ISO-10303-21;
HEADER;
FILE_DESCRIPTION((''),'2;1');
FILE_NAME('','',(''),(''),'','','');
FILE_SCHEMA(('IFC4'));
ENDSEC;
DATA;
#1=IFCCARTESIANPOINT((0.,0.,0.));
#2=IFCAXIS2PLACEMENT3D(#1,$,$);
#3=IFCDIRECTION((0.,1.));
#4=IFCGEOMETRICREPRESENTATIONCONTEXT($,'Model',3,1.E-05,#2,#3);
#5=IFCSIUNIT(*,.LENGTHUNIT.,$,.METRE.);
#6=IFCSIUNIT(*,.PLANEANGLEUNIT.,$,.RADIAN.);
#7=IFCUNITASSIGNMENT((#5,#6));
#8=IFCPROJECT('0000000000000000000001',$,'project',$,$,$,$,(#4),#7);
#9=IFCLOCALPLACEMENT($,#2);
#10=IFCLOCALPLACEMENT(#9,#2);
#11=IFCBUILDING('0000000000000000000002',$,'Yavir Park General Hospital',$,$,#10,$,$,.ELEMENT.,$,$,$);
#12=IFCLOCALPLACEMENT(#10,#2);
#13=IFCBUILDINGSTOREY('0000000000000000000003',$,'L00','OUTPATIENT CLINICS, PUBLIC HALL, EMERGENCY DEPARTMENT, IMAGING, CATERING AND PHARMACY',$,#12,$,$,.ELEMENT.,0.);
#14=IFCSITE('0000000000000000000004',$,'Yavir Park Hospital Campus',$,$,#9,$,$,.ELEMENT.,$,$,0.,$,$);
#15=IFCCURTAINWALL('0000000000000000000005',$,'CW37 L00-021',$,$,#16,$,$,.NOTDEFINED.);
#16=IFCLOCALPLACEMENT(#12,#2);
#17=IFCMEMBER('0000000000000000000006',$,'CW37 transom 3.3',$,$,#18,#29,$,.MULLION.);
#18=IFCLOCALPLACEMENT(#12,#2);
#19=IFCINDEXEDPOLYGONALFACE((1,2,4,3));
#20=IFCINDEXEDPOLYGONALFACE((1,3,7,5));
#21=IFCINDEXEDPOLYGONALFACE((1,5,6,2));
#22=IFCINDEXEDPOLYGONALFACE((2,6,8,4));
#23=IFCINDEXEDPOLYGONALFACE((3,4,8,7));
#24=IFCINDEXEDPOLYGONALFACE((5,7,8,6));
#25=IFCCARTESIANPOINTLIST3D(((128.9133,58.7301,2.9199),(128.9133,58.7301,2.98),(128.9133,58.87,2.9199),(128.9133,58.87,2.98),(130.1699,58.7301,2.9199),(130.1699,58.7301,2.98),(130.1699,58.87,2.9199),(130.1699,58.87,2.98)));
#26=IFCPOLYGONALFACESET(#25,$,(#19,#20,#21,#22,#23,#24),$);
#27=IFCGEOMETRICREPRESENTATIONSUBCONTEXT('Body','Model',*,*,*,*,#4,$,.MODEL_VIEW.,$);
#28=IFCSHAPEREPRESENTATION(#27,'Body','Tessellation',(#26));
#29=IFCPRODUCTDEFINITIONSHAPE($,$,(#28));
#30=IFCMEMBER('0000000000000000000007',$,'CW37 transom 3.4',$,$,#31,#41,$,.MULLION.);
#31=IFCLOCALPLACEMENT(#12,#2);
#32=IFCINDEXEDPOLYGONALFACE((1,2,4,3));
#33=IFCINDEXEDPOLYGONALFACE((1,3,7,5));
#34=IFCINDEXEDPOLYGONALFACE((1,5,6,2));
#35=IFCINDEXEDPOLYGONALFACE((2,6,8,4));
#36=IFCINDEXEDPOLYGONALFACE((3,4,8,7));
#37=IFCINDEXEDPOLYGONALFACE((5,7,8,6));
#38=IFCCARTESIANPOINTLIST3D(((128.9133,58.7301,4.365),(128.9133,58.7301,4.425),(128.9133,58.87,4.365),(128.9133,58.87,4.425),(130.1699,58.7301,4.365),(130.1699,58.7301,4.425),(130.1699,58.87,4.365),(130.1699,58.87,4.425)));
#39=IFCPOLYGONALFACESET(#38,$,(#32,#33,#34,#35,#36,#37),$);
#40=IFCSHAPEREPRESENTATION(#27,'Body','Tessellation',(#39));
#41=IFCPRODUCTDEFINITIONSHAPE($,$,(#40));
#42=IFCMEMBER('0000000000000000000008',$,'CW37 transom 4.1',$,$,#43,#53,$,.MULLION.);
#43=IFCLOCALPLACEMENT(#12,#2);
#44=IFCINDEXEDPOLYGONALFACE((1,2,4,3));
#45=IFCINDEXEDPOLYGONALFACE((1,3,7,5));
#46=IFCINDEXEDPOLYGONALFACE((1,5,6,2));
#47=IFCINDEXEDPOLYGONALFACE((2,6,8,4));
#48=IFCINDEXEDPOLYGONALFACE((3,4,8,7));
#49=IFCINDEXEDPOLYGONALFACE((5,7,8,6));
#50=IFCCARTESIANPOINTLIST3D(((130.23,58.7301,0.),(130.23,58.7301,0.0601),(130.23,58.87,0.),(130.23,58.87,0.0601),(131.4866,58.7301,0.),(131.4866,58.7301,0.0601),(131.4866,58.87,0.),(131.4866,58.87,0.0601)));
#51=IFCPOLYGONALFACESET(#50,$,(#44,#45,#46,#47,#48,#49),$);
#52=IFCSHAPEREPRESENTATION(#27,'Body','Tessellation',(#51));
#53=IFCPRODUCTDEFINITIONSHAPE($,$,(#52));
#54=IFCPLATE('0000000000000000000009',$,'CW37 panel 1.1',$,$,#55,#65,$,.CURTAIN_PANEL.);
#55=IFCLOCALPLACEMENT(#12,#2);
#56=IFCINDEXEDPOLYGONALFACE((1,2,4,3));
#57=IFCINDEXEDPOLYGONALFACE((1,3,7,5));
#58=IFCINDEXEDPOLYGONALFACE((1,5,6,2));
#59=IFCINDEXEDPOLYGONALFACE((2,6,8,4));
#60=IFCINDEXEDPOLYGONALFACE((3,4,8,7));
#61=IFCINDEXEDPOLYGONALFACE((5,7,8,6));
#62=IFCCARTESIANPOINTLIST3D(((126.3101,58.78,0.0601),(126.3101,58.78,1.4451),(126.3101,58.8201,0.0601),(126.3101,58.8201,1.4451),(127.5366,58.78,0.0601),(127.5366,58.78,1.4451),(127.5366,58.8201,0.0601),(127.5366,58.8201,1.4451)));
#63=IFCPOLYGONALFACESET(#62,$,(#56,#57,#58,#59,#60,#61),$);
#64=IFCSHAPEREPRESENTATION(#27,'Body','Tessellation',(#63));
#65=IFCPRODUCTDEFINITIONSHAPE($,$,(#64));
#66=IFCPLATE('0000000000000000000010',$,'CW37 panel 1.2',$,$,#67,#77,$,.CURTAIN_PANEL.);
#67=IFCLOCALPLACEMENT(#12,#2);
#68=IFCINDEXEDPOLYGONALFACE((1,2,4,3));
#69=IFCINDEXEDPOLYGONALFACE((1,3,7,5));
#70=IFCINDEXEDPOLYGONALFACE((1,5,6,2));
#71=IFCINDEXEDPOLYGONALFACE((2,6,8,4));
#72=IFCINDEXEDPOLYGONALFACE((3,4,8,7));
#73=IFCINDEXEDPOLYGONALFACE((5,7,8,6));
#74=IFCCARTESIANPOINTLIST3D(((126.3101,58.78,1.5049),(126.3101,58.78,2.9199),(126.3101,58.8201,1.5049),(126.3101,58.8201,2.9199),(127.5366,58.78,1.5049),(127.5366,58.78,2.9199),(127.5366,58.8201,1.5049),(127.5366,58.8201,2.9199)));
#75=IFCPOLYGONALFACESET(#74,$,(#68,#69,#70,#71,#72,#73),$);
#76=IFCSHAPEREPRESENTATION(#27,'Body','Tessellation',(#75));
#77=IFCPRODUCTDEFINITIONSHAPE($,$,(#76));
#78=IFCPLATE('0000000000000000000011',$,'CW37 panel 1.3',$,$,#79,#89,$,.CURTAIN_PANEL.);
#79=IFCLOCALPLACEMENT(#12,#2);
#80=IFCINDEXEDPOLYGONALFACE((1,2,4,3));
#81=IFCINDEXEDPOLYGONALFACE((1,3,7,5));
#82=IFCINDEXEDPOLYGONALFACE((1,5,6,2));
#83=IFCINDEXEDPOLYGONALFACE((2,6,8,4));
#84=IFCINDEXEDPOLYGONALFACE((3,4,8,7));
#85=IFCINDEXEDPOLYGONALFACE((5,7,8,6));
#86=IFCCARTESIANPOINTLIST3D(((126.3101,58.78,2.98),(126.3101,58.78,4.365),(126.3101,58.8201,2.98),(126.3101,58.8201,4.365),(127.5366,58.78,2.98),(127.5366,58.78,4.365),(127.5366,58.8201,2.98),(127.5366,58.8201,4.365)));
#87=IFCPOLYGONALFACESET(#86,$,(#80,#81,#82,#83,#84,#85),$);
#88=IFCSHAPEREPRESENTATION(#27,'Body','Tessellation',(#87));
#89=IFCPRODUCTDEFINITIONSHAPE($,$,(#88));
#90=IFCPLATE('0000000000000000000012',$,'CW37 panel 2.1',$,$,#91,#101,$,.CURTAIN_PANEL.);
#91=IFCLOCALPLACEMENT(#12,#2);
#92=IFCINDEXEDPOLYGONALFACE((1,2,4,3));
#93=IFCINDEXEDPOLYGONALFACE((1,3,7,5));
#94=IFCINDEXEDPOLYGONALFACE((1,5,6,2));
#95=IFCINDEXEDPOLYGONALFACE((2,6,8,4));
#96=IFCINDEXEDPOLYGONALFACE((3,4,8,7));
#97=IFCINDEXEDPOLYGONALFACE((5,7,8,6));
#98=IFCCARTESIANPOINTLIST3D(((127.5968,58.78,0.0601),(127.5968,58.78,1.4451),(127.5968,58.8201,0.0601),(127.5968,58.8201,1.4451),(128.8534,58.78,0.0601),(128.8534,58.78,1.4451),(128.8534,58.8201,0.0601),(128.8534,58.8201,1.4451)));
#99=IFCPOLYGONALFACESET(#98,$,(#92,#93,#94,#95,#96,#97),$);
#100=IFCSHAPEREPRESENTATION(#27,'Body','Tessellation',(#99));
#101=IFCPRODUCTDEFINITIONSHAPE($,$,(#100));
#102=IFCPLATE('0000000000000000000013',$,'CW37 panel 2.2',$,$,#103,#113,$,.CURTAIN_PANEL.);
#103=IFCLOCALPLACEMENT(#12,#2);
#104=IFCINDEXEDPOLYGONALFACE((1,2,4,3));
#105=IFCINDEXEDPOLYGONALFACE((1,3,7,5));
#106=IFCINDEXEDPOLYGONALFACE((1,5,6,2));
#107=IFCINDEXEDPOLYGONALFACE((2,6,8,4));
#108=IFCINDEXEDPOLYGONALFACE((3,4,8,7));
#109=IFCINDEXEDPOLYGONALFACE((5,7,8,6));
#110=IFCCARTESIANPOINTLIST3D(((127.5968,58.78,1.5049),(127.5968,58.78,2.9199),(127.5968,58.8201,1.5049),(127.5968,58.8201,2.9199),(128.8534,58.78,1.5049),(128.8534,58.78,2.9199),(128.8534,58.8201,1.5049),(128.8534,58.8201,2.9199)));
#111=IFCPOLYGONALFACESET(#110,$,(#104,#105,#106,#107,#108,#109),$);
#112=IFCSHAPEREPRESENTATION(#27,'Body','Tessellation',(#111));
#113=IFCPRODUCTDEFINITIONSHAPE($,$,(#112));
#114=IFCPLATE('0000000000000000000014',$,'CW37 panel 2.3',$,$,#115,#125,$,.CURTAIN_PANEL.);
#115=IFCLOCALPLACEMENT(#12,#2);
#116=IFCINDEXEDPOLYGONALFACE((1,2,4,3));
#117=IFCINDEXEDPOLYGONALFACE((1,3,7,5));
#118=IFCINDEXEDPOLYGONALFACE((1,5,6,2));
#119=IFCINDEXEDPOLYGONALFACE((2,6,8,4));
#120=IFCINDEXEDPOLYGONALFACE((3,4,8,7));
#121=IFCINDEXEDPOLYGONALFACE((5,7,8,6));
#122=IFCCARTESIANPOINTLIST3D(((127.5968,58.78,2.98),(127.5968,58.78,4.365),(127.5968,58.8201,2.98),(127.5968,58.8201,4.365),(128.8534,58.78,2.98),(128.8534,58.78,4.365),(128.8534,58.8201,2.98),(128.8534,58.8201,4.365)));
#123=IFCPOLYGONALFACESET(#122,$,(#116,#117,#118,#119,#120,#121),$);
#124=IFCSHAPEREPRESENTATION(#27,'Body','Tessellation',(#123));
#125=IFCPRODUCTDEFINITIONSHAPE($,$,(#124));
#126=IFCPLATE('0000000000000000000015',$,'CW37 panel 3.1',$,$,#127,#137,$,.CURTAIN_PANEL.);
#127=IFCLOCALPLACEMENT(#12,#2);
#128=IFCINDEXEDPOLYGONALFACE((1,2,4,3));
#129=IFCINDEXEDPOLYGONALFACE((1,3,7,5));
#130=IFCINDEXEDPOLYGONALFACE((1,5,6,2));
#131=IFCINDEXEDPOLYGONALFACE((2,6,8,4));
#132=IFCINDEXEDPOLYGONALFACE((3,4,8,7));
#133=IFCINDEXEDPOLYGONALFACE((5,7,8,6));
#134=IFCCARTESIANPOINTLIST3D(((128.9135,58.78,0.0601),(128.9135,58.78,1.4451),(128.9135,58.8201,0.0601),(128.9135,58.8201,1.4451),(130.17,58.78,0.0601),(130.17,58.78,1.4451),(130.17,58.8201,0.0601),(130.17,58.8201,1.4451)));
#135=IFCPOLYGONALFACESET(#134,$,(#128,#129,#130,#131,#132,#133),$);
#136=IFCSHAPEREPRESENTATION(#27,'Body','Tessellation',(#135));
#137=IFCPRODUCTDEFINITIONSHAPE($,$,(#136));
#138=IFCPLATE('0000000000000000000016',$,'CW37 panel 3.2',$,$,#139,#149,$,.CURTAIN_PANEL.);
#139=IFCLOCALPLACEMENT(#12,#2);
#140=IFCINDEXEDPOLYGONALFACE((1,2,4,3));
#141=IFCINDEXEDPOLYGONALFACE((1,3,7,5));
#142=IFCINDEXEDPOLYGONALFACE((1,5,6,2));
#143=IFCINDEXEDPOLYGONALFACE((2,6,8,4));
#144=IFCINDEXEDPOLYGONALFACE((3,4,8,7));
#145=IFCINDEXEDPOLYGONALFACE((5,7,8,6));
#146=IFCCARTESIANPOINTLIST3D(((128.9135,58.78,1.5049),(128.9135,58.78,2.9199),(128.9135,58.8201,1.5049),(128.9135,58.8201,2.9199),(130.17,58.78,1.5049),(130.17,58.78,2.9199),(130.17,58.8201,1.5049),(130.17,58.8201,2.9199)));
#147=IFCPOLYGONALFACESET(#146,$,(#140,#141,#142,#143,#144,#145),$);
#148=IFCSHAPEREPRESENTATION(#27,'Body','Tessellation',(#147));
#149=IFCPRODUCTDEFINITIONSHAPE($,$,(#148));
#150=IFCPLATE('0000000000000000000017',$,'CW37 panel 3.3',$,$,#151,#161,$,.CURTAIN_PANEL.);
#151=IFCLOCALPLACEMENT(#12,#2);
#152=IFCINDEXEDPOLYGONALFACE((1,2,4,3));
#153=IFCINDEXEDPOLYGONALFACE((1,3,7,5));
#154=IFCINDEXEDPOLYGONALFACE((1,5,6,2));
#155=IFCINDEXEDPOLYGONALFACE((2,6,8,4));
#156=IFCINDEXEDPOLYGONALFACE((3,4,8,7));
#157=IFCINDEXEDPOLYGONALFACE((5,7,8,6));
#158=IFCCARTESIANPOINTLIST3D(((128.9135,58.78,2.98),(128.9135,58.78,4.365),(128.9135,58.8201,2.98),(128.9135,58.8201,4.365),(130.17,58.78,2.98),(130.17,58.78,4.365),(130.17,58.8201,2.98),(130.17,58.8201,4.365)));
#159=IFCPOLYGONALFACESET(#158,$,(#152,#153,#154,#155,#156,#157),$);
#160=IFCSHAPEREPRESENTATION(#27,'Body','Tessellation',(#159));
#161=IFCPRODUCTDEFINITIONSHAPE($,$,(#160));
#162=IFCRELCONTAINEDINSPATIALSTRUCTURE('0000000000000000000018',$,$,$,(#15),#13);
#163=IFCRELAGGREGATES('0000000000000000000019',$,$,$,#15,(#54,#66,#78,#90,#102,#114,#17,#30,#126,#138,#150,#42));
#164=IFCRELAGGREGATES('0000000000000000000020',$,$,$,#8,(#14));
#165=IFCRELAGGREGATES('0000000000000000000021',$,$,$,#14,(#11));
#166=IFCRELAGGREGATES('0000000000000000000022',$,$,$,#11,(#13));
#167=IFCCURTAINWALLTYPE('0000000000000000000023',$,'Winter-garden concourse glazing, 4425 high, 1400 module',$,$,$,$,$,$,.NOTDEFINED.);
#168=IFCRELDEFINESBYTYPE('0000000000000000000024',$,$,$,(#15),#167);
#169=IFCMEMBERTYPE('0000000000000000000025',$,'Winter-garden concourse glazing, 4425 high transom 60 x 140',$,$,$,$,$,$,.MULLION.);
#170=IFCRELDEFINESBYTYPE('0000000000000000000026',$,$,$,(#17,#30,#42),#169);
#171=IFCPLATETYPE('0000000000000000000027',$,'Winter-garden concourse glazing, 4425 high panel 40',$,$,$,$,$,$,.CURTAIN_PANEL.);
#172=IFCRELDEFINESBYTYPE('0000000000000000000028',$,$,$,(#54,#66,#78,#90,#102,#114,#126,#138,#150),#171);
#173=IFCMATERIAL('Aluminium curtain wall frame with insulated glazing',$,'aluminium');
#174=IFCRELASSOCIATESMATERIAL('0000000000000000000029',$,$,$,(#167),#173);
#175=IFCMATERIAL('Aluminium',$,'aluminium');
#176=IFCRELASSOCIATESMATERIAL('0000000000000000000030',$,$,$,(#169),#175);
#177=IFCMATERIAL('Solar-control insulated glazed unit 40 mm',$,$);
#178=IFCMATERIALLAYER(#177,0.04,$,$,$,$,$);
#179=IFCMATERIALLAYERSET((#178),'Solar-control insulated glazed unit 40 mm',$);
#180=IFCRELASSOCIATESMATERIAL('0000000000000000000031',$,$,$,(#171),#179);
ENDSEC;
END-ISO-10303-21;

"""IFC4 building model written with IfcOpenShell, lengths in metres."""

from ifc_helpers import new_model, si_unit, direction, frame, origin, origin_2d, place, context, subcontext, project, spatial, rectangle, extrude, material, layer, layer_set, material_profile, profile_set, type_object, element, aggregate, save


model = new_model("IFC4")

# Units and contexts
model_context = context("Model", 3, precision=1e-05, world=origin(), true_north=direction((0.0, 1.0)))
body_context = subcontext(model_context, "Body", "Model", "MODEL_VIEW")
ifc_project = project(units=[si_unit("LENGTHUNIT", "METRE"), si_unit("PLANEANGLEUNIT", "RADIAN")], contexts=[model_context])

# Site, building, storey
site_placement = place(None, origin())
site = spatial("IfcSite", under=ifc_project, at=site_placement, Name="Yavir Park Hospital Campus", CompositionType="ELEMENT", RefElevation=0.0)
building_placement = place(site_placement, origin())
building = spatial("IfcBuilding", under=site, at=building_placement, Name="Yavir Park General Hospital", CompositionType="ELEMENT")
storey_placement = place(building_placement, origin())
storey = spatial("IfcBuildingStorey", under=building, at=storey_placement, Name="L00", Description="OUTPATIENT CLINICS, PUBLIC HALL, EMERGENCY DEPARTMENT, IMAGING, CATERING AND PHARMACY", CompositionType="ELEMENT", Elevation=0.0)

# Curtain wall, members, plates
ifc_material_1 = material(Name="Aluminium curtain wall frame with insulated glazing", Category="aluminium")
curtain_wall_type = type_object("IfcCurtainWallType", Name="Winter-garden concourse glazing, 4425 high, 1400 module", PredefinedType="NOTDEFINED", material=ifc_material_1)
curtain_wall_placement = place(storey_placement, origin())
curtain_wall = element("IfcCurtainWall", 1, at=curtain_wall_placement, inside=storey, type_object=curtain_wall_type, Name="CW37 L00-021", PredefinedType="NOTDEFINED")
ifc_material_2 = material(Name="Aluminium", Category="aluminium")
ifc_material_profile_1 = material_profile(ifc_material_2, rectangle(XDim=0.1399, YDim=0.0601, at=origin_2d()), Name="AL 140x60")
ifc_profile_set_1 = profile_set([ifc_material_profile_1], Name="Aluminium")
member_type_1 = type_object("IfcMemberType", Name="Winter-garden concourse glazing, 4425 high transom 60 x 140", PredefinedType="MULLION", material=ifc_profile_set_1)
member_1_placement = place(storey_placement, frame((128.9133, 58.8, 2.95), z_axis=(1.0, 0.0, 0.0), x_axis=(0.0, 1.0, 0.0)))
member_1 = element("IfcMember", 2, at=member_1_placement, type_object=member_type_1, Name="CW37 transom 3.3", PredefinedType="MULLION", context=body_context, shape_type="SweptSolid", body=[
    extrude(rectangle(XDim=0.1399, YDim=0.0601, at=origin_2d()), origin(), (0.0, 0.0, 1.0), 1.2566),
])
member_2_placement = place(storey_placement, frame((128.9133, 58.8, 4.395), z_axis=(1.0, 0.0, 0.0), x_axis=(0.0, 1.0, 0.0)))
member_2 = element("IfcMember", 3, at=member_2_placement, type_object=member_type_1, Name="CW37 transom 3.4", PredefinedType="MULLION", context=body_context, shape_type="SweptSolid", body=[
    extrude(rectangle(XDim=0.1399, YDim=0.0601, at=origin_2d()), origin(), (0.0, 0.0, 1.0), 1.2566),
])
member_3_placement = place(storey_placement, frame((130.23, 58.8, 0.03), z_axis=(1.0, 0.0, 0.0), x_axis=(0.0, 1.0, 0.0)))
member_3 = element("IfcMember", 4, at=member_3_placement, type_object=member_type_1, Name="CW37 transom 4.1", PredefinedType="MULLION", context=body_context, shape_type="SweptSolid", body=[
    extrude(rectangle(XDim=0.1399, YDim=0.0601, at=origin_2d()), origin(), (0.0, 0.0, 1.0), 1.2566),
])
ifc_material_3 = material(Name="Solar-control insulated glazed unit 40 mm")
ifc_layer = layer(ifc_material_3, 0.04)
ifc_layer_set = layer_set([ifc_layer], Name="Solar-control insulated glazed unit 40 mm")
plate_type = type_object("IfcPlateType", Name="Winter-garden concourse glazing, 4425 high panel 40", PredefinedType="CURTAIN_PANEL", material=ifc_layer_set)
plate_1_placement = place(storey_placement, frame((126.9233, 58.8, 0.0601), z_axis=(0.0, 0.0, 1.0), x_axis=(1.0, 0.0, 0.0)))
plate_1 = element("IfcPlate", 5, at=plate_1_placement, type_object=plate_type, Name="CW37 panel 1.1", PredefinedType="CURTAIN_PANEL", context=body_context, shape_type="SweptSolid", body=[
    extrude(rectangle(XDim=1.2266, YDim=0.04, at=origin_2d()), origin(), (0.0, 0.0, 1.0), 1.385),
])
plate_2_placement = place(storey_placement, frame((126.9233, 58.8, 1.5049), z_axis=(0.0, 0.0, 1.0), x_axis=(1.0, 0.0, 0.0)))
plate_2 = element("IfcPlate", 6, at=plate_2_placement, type_object=plate_type, Name="CW37 panel 1.2", PredefinedType="CURTAIN_PANEL", context=body_context, shape_type="SweptSolid", body=[
    extrude(rectangle(XDim=1.2266, YDim=0.04, at=origin_2d()), origin(), (0.0, 0.0, 1.0), 1.415),
])
plate_3_placement = place(storey_placement, frame((126.9233, 58.8, 2.98), z_axis=(0.0, 0.0, 1.0), x_axis=(1.0, 0.0, 0.0)))
plate_3 = element("IfcPlate", 7, at=plate_3_placement, type_object=plate_type, Name="CW37 panel 1.3", PredefinedType="CURTAIN_PANEL", context=body_context, shape_type="SweptSolid", body=[
    extrude(rectangle(XDim=1.2266, YDim=0.04, at=origin_2d()), origin(), (0.0, 0.0, 1.0), 1.385),
])
plate_4_placement = place(storey_placement, frame((128.2251, 58.8, 0.0601), z_axis=(0.0, 0.0, 1.0), x_axis=(1.0, 0.0, 0.0)))
plate_4 = element("IfcPlate", 8, at=plate_4_placement, type_object=plate_type, Name="CW37 panel 2.1", PredefinedType="CURTAIN_PANEL", context=body_context, shape_type="SweptSolid", body=[
    extrude(rectangle(XDim=1.2566, YDim=0.04, at=origin_2d()), origin(), (0.0, 0.0, 1.0), 1.385),
])
plate_5_placement = place(storey_placement, frame((128.2251, 58.8, 1.5049), z_axis=(0.0, 0.0, 1.0), x_axis=(1.0, 0.0, 0.0)))
plate_5 = element("IfcPlate", 9, at=plate_5_placement, type_object=plate_type, Name="CW37 panel 2.2", PredefinedType="CURTAIN_PANEL", context=body_context, shape_type="SweptSolid", body=[
    extrude(rectangle(XDim=1.2566, YDim=0.04, at=origin_2d()), origin(), (0.0, 0.0, 1.0), 1.415),
])
plate_6_placement = place(storey_placement, frame((128.2251, 58.8, 2.98), z_axis=(0.0, 0.0, 1.0), x_axis=(1.0, 0.0, 0.0)))
plate_6 = element("IfcPlate", 10, at=plate_6_placement, type_object=plate_type, Name="CW37 panel 2.3", PredefinedType="CURTAIN_PANEL", context=body_context, shape_type="SweptSolid", body=[
    extrude(rectangle(XDim=1.2566, YDim=0.04, at=origin_2d()), origin(), (0.0, 0.0, 1.0), 1.385),
])
plate_7_placement = place(storey_placement, frame((129.5417, 58.8, 0.0601), z_axis=(0.0, 0.0, 1.0), x_axis=(1.0, 0.0, 0.0)))
plate_7 = element("IfcPlate", 11, at=plate_7_placement, type_object=plate_type, Name="CW37 panel 3.1", PredefinedType="CURTAIN_PANEL", context=body_context, shape_type="SweptSolid", body=[
    extrude(rectangle(XDim=1.2566, YDim=0.04, at=origin_2d()), origin(), (0.0, 0.0, 1.0), 1.385),
])
plate_8_placement = place(storey_placement, frame((129.5417, 58.8, 1.5049), z_axis=(0.0, 0.0, 1.0), x_axis=(1.0, 0.0, 0.0)))
plate_8 = element("IfcPlate", 12, at=plate_8_placement, type_object=plate_type, Name="CW37 panel 3.2", PredefinedType="CURTAIN_PANEL", context=body_context, shape_type="SweptSolid", body=[
    extrude(rectangle(XDim=1.2566, YDim=0.04, at=origin_2d()), origin(), (0.0, 0.0, 1.0), 1.415),
])
plate_9_placement = place(storey_placement, frame((129.5417, 58.8, 2.98), z_axis=(0.0, 0.0, 1.0), x_axis=(1.0, 0.0, 0.0)))
plate_9 = element("IfcPlate", 13, at=plate_9_placement, type_object=plate_type, Name="CW37 panel 3.3", PredefinedType="CURTAIN_PANEL", context=body_context, shape_type="SweptSolid", body=[
    extrude(rectangle(XDim=1.2566, YDim=0.04, at=origin_2d()), origin(), (0.0, 0.0, 1.0), 1.385),
])
aggregate(curtain_wall, [plate_1, plate_2, plate_3, plate_4, plate_5, plate_6, member_1, member_2, plate_7, plate_8, plate_9, member_3])

save(model, "model.ifc")
